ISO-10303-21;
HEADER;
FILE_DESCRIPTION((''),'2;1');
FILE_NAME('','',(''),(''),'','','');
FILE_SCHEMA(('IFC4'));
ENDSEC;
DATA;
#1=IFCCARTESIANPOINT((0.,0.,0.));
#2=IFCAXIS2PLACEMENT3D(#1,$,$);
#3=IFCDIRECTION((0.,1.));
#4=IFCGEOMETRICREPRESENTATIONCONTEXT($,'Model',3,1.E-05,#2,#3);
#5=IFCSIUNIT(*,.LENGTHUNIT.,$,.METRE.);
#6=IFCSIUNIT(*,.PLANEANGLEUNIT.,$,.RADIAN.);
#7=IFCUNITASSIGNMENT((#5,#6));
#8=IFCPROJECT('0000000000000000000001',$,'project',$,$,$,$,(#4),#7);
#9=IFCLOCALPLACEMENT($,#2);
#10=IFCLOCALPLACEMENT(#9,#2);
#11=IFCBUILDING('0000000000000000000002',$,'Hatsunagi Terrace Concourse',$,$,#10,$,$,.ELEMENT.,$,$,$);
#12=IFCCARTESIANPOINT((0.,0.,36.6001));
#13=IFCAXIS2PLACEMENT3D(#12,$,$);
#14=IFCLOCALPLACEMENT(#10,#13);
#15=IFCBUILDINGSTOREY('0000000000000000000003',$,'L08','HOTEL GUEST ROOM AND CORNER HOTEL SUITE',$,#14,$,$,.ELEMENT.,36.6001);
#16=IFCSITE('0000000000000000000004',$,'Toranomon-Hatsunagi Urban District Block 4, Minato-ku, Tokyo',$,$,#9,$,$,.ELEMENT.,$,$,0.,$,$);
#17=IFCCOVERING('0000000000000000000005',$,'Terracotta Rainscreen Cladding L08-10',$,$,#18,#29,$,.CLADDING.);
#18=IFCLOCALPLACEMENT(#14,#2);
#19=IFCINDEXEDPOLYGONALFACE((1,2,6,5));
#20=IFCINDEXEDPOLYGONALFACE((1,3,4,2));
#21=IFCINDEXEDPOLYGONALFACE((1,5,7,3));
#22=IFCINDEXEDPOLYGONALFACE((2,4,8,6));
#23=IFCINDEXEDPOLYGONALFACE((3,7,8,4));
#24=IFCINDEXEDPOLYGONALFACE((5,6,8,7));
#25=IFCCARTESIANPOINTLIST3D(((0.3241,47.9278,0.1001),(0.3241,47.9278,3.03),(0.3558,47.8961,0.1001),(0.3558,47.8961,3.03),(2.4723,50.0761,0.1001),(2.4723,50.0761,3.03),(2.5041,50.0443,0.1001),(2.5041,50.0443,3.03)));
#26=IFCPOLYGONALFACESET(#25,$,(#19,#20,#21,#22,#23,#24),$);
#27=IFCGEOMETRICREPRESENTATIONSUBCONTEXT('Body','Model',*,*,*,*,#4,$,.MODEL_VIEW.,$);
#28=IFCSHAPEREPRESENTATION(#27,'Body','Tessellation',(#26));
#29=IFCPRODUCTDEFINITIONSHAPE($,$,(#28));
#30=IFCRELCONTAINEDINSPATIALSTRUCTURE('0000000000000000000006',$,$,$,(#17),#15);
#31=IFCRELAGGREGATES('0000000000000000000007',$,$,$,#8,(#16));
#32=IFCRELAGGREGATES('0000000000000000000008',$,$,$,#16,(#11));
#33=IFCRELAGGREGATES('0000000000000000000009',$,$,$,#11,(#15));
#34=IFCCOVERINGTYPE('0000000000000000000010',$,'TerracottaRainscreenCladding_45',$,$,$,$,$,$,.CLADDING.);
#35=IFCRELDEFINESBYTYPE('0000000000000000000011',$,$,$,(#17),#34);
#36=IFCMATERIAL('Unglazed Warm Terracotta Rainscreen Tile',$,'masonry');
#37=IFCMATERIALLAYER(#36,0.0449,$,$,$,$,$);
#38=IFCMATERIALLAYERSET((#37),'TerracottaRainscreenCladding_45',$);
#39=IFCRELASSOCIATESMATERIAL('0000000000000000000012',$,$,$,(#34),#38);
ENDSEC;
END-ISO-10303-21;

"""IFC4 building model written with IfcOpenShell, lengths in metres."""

from ifc_helpers import new_model, si_unit, direction, frame, origin, origin_2d, place, context, subcontext, project, spatial, rectangle, extrude, material, layer, layer_set, type_object, element, save


model = new_model("IFC4")

# Units and contexts
model_context = context("Model", 3, precision=1e-05, world=origin(), true_north=direction((0.0, 1.0)))
body_context = subcontext(model_context, "Body", "Model", "MODEL_VIEW")
ifc_project = project(units=[si_unit("LENGTHUNIT", "METRE"), si_unit("PLANEANGLEUNIT", "RADIAN")], contexts=[model_context])

# Site, building, storey
site_placement = place(None, origin())
site = spatial("IfcSite", under=ifc_project, at=site_placement, Name="Toranomon-Hatsunagi Urban District Block 4, Minato-ku, Tokyo", CompositionType="ELEMENT", RefElevation=0.0)
building_placement = place(site_placement, origin())
building = spatial("IfcBuilding", under=site, at=building_placement, Name="Hatsunagi Terrace Concourse", CompositionType="ELEMENT")
storey_placement = place(building_placement, frame((0.0, 0.0, 36.6001)))
storey = spatial("IfcBuildingStorey", under=building, at=storey_placement, Name="L08", Description="HOTEL GUEST ROOM AND CORNER HOTEL SUITE", CompositionType="ELEMENT", Elevation=36.6001)

# Covering
ifc_material_1 = material(Name="Unglazed Warm Terracotta Rainscreen Tile", Category="masonry")
ifc_layer_1 = layer(ifc_material_1, 0.0449)
ifc_layer_set_1 = layer_set([ifc_layer_1], Name="TerracottaRainscreenCladding_45")
covering_type = type_object("IfcCoveringType", Name="TerracottaRainscreenCladding_45", PredefinedType="CLADDING", material=ifc_layer_set_1)
covering_placement = place(storey_placement, frame((1.4141, 48.9861, 0.1001), z_axis=(0.0, 0.0, 1.0), x_axis=(0.707107, 0.707107, 0.0)))
element("IfcCovering", 1, at=covering_placement, inside=storey, type_object=covering_type, Name="Terracotta Rainscreen Cladding L08-10", PredefinedType="CLADDING", context=body_context, shape_type="SweptSolid", body=[
    extrude(rectangle(XDim=3.0381, YDim=0.0449, at=origin_2d()), origin(), (0.0, 0.0, 1.0), 2.9299),
])

save(model, "model.ifc")
